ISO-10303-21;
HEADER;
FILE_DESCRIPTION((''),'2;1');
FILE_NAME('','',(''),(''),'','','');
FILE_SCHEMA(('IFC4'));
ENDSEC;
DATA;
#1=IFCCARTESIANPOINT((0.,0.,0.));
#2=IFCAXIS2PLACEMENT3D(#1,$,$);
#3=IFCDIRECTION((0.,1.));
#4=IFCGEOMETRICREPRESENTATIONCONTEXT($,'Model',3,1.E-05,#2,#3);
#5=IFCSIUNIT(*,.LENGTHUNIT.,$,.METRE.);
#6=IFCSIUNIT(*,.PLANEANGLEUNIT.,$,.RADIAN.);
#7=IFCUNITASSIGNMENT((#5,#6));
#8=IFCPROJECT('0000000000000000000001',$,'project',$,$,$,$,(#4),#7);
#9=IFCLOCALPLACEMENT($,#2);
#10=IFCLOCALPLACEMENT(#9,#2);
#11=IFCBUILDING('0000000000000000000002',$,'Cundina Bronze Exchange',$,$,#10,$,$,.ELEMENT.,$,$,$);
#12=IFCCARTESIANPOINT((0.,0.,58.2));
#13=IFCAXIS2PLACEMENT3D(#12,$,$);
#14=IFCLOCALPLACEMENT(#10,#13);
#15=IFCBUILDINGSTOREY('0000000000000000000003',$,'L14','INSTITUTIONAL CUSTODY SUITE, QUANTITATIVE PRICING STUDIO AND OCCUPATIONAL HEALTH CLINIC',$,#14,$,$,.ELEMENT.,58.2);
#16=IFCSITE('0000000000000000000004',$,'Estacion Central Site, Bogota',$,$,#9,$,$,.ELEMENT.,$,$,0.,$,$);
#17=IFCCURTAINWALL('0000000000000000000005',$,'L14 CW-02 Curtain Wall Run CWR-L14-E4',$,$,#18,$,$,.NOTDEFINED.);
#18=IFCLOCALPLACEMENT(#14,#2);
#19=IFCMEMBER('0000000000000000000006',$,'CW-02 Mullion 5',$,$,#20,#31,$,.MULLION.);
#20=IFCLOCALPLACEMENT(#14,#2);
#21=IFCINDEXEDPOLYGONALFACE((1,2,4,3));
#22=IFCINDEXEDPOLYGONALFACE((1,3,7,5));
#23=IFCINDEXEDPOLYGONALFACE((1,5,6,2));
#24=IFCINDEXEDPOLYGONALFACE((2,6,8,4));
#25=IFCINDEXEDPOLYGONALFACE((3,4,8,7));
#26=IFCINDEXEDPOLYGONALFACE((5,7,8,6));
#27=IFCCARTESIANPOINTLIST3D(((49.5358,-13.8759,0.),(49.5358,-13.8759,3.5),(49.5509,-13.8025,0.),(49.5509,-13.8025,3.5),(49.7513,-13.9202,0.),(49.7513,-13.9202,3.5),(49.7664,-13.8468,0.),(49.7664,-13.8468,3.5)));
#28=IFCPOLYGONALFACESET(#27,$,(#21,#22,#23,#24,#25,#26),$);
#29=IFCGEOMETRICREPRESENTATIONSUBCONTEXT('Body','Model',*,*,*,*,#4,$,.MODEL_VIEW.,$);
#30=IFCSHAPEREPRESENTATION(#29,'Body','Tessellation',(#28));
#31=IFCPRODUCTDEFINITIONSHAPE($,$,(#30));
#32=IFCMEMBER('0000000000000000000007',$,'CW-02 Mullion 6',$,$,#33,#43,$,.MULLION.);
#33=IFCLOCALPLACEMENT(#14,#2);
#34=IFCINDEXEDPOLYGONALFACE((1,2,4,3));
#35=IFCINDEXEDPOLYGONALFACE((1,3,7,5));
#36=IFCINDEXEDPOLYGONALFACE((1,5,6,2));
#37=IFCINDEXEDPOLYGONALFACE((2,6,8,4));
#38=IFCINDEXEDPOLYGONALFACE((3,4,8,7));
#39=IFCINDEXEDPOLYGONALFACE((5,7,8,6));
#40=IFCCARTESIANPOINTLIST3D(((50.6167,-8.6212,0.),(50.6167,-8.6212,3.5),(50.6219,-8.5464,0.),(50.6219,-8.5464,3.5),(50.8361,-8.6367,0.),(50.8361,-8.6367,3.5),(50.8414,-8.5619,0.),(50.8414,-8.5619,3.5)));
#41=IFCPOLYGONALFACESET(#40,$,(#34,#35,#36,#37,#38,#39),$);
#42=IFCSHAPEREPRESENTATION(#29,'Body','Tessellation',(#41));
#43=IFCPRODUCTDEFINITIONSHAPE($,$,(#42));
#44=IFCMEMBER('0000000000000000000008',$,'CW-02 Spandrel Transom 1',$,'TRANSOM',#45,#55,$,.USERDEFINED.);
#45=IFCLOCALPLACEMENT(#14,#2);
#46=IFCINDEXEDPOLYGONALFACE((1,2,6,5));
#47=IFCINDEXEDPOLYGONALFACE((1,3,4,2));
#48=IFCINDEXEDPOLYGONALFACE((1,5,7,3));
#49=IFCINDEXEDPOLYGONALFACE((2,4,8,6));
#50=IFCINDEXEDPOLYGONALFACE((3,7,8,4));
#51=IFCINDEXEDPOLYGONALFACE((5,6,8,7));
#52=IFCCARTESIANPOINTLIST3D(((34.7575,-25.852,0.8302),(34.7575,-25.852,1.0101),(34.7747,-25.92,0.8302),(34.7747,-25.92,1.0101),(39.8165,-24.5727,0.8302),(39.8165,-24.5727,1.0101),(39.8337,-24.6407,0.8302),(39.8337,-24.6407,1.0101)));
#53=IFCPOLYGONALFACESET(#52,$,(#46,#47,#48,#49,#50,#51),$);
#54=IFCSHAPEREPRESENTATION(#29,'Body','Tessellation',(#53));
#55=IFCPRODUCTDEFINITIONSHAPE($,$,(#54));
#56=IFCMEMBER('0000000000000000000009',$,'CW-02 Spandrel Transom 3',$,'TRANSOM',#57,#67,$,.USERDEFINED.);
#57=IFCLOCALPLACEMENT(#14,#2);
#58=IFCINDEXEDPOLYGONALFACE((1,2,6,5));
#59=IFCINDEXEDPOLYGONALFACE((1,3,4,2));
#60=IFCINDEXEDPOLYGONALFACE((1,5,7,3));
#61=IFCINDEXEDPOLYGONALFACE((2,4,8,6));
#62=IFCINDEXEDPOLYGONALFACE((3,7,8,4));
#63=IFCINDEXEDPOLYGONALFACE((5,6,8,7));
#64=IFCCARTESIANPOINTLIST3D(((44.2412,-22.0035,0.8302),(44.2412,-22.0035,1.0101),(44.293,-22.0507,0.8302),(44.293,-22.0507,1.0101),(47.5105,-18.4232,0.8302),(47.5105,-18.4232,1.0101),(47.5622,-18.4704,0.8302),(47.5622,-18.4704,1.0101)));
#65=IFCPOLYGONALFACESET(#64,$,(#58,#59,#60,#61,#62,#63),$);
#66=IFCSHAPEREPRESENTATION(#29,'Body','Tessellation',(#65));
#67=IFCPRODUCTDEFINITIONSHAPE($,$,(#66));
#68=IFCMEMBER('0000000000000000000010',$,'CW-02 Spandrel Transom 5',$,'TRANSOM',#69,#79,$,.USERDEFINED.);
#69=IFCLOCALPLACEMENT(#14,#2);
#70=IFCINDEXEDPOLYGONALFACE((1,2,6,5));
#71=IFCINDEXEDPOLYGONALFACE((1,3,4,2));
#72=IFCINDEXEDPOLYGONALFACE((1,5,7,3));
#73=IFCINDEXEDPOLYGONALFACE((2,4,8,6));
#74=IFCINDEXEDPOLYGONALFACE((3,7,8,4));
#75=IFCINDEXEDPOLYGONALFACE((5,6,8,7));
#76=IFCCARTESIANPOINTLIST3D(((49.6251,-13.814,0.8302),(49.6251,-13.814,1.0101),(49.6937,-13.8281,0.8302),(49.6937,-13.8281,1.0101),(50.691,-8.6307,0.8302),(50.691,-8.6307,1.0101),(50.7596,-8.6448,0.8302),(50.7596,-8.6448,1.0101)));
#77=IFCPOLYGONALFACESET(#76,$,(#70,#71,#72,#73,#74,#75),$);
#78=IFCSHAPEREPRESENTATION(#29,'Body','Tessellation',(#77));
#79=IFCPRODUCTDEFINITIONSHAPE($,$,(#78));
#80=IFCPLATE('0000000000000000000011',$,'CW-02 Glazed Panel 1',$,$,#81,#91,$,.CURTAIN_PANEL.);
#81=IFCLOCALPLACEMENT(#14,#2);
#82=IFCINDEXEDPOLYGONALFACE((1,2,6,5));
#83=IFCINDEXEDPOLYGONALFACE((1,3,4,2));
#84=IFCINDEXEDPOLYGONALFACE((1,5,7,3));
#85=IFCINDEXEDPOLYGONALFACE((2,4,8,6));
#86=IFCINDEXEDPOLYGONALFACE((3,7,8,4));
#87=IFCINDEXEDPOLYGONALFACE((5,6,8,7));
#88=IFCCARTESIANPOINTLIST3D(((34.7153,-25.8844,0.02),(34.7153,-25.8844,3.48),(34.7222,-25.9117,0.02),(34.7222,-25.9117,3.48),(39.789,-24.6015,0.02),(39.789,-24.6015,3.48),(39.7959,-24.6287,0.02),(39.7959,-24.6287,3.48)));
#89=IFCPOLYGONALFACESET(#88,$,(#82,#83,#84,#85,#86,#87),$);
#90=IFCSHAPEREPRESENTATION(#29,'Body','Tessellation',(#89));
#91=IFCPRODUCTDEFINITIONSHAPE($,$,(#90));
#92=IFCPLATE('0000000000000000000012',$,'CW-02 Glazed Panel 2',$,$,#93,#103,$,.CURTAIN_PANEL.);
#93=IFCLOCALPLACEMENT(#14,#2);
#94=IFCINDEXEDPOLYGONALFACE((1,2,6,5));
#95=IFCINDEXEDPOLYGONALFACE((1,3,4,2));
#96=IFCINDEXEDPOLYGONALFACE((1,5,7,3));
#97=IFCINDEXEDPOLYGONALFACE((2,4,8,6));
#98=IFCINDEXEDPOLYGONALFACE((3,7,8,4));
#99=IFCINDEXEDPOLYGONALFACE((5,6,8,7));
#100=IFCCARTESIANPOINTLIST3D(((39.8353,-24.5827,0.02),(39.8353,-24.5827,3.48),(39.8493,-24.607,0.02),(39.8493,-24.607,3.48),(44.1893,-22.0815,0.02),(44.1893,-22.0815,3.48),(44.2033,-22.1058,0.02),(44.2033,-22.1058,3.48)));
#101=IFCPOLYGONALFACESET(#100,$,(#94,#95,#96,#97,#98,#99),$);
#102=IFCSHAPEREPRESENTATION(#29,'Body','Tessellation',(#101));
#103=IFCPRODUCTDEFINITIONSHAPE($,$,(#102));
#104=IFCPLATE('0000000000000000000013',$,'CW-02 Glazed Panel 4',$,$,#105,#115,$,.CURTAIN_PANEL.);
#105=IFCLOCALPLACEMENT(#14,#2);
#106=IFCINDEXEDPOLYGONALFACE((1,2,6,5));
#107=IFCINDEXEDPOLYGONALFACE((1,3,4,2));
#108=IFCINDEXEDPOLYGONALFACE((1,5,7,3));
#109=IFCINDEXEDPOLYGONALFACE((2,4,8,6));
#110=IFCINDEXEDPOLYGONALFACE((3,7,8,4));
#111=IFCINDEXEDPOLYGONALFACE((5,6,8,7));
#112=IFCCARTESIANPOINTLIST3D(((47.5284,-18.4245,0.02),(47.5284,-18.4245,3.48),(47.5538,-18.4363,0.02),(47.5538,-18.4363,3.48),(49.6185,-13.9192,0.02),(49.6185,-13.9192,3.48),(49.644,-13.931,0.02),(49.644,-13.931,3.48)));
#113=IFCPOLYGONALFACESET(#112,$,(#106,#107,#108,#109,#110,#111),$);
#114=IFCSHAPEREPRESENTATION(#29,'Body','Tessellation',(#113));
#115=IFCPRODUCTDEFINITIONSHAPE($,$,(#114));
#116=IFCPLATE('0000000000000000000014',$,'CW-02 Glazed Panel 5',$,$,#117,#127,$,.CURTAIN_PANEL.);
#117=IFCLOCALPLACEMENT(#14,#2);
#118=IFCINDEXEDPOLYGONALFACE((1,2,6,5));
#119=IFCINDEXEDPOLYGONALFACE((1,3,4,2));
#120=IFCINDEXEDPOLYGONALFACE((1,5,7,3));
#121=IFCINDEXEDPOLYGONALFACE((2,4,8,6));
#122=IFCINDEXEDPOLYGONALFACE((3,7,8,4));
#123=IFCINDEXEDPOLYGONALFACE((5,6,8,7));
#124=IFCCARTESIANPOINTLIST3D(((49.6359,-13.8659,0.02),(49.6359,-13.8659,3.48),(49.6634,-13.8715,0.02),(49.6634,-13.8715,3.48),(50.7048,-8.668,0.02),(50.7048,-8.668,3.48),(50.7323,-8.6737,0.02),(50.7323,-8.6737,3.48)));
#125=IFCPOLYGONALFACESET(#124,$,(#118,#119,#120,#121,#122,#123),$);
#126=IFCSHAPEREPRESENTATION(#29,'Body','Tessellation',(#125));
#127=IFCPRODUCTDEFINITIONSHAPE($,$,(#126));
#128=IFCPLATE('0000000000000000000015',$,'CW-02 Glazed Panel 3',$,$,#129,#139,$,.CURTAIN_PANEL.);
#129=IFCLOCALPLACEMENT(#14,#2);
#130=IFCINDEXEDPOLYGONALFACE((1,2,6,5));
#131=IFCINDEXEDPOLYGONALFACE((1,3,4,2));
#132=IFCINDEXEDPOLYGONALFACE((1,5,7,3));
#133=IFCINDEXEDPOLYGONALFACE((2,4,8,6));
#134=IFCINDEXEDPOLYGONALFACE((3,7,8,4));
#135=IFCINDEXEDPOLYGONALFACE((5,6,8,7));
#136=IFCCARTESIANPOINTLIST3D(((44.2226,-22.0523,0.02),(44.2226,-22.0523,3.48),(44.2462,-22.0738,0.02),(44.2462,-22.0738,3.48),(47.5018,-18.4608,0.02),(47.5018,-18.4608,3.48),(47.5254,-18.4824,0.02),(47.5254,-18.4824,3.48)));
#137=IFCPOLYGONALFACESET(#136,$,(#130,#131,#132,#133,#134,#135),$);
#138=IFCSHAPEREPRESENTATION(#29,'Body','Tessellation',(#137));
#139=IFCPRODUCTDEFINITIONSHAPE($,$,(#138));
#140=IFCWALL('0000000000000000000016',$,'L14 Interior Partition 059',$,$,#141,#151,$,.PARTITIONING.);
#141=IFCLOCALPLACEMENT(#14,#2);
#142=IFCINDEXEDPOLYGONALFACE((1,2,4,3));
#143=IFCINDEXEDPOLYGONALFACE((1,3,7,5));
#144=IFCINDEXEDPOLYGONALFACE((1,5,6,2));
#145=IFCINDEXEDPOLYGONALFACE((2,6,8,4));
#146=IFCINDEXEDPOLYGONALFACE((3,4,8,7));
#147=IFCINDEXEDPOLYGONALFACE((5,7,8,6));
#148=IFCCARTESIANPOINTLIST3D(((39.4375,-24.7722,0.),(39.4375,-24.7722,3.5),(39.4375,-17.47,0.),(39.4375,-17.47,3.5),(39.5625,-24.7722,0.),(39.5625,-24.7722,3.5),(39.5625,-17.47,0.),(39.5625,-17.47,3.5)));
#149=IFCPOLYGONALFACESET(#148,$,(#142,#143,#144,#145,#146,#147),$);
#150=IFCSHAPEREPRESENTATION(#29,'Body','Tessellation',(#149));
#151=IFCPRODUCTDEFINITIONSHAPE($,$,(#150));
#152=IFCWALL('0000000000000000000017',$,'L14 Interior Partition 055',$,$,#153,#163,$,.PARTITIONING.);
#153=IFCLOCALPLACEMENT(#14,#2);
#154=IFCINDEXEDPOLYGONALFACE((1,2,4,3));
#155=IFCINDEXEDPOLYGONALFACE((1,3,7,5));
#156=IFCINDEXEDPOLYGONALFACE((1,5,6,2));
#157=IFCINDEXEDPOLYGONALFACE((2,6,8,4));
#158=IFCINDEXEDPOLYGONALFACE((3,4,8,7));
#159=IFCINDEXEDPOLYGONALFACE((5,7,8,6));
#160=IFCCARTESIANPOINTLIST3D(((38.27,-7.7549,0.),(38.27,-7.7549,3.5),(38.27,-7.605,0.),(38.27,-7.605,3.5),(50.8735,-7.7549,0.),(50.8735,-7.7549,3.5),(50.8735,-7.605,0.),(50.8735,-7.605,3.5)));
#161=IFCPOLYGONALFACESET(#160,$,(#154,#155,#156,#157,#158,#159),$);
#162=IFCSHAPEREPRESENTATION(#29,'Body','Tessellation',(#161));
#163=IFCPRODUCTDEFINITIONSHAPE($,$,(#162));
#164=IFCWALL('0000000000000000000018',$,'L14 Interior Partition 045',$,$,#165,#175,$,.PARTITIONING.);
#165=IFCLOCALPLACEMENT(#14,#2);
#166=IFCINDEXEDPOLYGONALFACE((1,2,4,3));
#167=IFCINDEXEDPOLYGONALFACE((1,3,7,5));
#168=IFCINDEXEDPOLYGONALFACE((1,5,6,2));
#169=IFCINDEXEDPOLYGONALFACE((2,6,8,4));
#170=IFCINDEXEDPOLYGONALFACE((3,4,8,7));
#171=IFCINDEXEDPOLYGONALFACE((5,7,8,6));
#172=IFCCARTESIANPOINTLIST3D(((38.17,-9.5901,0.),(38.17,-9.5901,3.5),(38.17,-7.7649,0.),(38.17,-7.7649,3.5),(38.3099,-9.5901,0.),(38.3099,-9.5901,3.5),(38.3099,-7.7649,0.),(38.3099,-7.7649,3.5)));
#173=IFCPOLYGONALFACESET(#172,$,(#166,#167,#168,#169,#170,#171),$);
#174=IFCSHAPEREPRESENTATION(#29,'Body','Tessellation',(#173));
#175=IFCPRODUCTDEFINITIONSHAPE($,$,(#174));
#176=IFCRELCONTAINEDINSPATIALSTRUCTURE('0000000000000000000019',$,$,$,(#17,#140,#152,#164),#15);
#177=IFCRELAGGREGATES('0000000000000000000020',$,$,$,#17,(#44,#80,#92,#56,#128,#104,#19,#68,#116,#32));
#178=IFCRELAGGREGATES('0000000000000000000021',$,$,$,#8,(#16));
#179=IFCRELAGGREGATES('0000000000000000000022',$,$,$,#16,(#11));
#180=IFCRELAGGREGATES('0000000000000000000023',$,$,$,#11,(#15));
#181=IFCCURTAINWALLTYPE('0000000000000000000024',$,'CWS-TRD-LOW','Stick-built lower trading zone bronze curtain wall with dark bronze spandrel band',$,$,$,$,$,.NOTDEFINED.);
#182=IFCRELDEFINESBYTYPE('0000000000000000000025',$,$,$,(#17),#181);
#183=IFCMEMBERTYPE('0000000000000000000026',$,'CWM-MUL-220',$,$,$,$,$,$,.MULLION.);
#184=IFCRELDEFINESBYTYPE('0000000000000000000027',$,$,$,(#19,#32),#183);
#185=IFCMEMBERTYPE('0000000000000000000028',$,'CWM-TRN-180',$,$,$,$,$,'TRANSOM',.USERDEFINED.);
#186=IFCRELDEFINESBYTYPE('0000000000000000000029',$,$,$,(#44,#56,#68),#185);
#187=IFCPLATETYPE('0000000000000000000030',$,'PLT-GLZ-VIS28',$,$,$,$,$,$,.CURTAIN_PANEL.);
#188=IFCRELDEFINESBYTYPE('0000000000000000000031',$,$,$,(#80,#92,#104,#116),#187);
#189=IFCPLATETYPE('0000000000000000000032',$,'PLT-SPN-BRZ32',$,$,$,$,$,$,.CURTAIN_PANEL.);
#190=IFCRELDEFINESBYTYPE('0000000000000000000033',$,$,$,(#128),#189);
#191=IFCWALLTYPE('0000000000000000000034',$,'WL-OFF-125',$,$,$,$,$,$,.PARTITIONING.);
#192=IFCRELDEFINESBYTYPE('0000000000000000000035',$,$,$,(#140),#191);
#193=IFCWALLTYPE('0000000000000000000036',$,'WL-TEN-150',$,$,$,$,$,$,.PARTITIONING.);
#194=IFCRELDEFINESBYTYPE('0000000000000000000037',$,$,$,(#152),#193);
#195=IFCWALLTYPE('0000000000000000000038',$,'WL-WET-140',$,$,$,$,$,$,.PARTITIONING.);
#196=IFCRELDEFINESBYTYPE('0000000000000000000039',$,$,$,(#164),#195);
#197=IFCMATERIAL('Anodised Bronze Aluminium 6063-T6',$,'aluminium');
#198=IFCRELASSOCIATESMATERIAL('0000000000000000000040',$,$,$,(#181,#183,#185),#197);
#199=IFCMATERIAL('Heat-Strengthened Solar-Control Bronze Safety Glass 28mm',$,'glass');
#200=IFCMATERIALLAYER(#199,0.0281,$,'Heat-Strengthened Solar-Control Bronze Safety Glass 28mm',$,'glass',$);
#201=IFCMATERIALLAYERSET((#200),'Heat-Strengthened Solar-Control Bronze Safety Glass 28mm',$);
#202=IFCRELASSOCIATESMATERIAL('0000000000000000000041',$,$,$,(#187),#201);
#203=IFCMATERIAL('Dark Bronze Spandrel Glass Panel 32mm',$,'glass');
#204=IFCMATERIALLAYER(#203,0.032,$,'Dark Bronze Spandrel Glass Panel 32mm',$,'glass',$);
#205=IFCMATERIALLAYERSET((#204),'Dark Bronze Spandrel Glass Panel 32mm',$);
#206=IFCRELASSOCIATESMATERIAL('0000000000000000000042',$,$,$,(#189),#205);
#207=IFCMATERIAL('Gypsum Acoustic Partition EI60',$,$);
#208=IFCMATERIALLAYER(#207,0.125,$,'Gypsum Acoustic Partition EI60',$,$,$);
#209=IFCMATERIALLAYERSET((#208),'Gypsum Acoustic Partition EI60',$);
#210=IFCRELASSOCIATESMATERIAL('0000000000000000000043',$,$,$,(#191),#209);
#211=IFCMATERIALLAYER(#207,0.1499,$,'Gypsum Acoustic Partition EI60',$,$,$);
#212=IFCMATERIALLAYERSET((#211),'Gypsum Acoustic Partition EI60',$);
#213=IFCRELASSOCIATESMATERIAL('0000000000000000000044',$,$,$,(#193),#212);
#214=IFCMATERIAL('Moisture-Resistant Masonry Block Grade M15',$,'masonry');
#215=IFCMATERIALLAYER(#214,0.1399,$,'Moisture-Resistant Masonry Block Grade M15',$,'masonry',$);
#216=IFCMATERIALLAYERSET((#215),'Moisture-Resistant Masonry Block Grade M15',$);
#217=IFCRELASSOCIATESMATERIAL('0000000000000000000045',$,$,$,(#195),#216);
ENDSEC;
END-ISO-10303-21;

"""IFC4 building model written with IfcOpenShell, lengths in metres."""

from ifc_helpers import new_model, si_unit, direction, frame, frame_2d, origin, origin_2d, place, context, subcontext, project, spatial, rectangle, extrude, material, layer, layer_set, material_profile, profile_set, type_object, element, aggregate, save


model = new_model("IFC4")

# Units and contexts
model_context = context("Model", 3, precision=1e-05, world=origin(), true_north=direction((0.0, 1.0)))
body_context = subcontext(model_context, "Body", "Model", "MODEL_VIEW")
ifc_project = project(units=[si_unit("LENGTHUNIT", "METRE"), si_unit("PLANEANGLEUNIT", "RADIAN")], contexts=[model_context])

# Site, building, storey
site_placement = place(None, origin())
site = spatial("IfcSite", under=ifc_project, at=site_placement, Name="Estacion Central Site, Bogota", CompositionType="ELEMENT", RefElevation=0.0)
building_placement = place(site_placement, origin())
building = spatial("IfcBuilding", under=site, at=building_placement, Name="Cundina Bronze Exchange", CompositionType="ELEMENT")
storey_placement = place(building_placement, frame((0.0, 0.0, 58.2)))
storey = spatial("IfcBuildingStorey", under=building, at=storey_placement, Name="L14", Description="INSTITUTIONAL CUSTODY SUITE, QUANTITATIVE PRICING STUDIO AND OCCUPATIONAL HEALTH CLINIC", CompositionType="ELEMENT", Elevation=58.2)

# Curtain wall, members, plates
ifc_material_1 = material(Name="Anodised Bronze Aluminium 6063-T6", Category="aluminium")
curtain_wall_type = type_object("IfcCurtainWallType", Name="CWS-TRD-LOW", Description="Stick-built lower trading zone bronze curtain wall with dark bronze spandrel band", PredefinedType="NOTDEFINED", material=ifc_material_1)
curtain_wall_placement = place(storey_placement, origin())
curtain_wall = element("IfcCurtainWall", 1, at=curtain_wall_placement, inside=storey, type_object=curtain_wall_type, Name="L14 CW-02 Curtain Wall Run CWR-L14-E4", PredefinedType="NOTDEFINED")
ifc_material_profile_1 = material_profile(ifc_material_1, rectangle(XDim=0.075, YDim=0.22, at=origin_2d()), Name="AL75X220", Category="aluminium")
ifc_profile_set_1 = profile_set([ifc_material_profile_1], Name="Anodised Bronze Aluminium 6063-T6")
member_type_1 = type_object("IfcMemberType", Name="CWM-MUL-220", PredefinedType="MULLION", material=ifc_profile_set_1)
member_1_placement = place(storey_placement, frame((49.6511, -13.8613, 0.0), z_axis=(0.0, 0.0, 1.0), x_axis=(0.20142, 0.979505, 0.0)))
member_1 = element("IfcMember", 2, at=member_1_placement, type_object=member_type_1, Name="CW-02 Mullion 5", PredefinedType="MULLION", context=body_context, shape_type="SweptSolid", body=[
    extrude(rectangle(XDim=0.075, YDim=0.22, at=origin_2d()), origin(), (0.0, 0.0, 1.0), 3.5),
])
member_2_placement = place(storey_placement, frame((50.729, -8.5916, 0.0), z_axis=(0.0, 0.0, 1.0), x_axis=(0.070279, 0.997527, 0.0)))
member_2 = element("IfcMember", 3, at=member_2_placement, type_object=member_type_1, Name="CW-02 Mullion 6", PredefinedType="MULLION", context=body_context, shape_type="SweptSolid", body=[
    extrude(rectangle(XDim=0.075, YDim=0.22, at=origin_2d()), origin(), (0.0, 0.0, 1.0), 3.5),
])
ifc_material_profile_2 = material_profile(ifc_material_1, rectangle(XDim=0.0701, YDim=0.1799, at=origin_2d()), Name="AL70X180", Category="aluminium")
ifc_profile_set_2 = profile_set([ifc_material_profile_2], Name="Anodised Bronze Aluminium 6063-T6")
member_type_2 = type_object("IfcMemberType", Name="CWM-TRN-180", ElementType="TRANSOM", PredefinedType="USERDEFINED", material=ifc_profile_set_2)
member_3_placement = place(storey_placement, frame((34.7661, -25.886, 0.9202), z_axis=(0.969484, 0.245155, 0.0), x_axis=(-0.245155, 0.969484, 0.0)))
member_3 = element("IfcMember", 4, at=member_3_placement, type_object=member_type_2, Name="CW-02 Spandrel Transom 1", ObjectType="TRANSOM", PredefinedType="USERDEFINED", context=body_context, shape_type="SweptSolid", body=[
    extrude(rectangle(XDim=0.0701, YDim=0.1799, at=origin_2d()), origin(), (0.0, 0.0, 1.0), 5.2183),
])
member_4_placement = place(storey_placement, frame((44.2671, -22.0271, 0.9202), z_axis=(0.674303, 0.738455, 0.0), x_axis=(-0.738455, 0.674303, 0.0)))
member_4 = element("IfcMember", 5, at=member_4_placement, type_object=member_type_2, Name="CW-02 Spandrel Transom 3", ObjectType="TRANSOM", PredefinedType="USERDEFINED", context=body_context, shape_type="SweptSolid", body=[
    extrude(rectangle(XDim=0.0701, YDim=0.1799, at=origin_2d()), origin(), (0.0, 0.0, 1.0), 4.8484),
])
member_5_placement = place(storey_placement, frame((49.6594, -13.821, 0.9202), z_axis=(0.201428, 0.979503, 0.0), x_axis=(-0.979503, 0.201428, 0.0)))
member_5 = element("IfcMember", 6, at=member_5_placement, type_object=member_type_2, Name="CW-02 Spandrel Transom 5", ObjectType="TRANSOM", PredefinedType="USERDEFINED", context=body_context, shape_type="SweptSolid", body=[
    extrude(rectangle(XDim=0.0701, YDim=0.1799, at=origin_2d()), origin(), (0.0, 0.0, 1.0), 5.2917),
])
ifc_material_2 = material(Name="Heat-Strengthened Solar-Control Bronze Safety Glass 28mm", Category="glass")
ifc_layer_1 = layer(ifc_material_2, 0.0281, Name="Heat-Strengthened Solar-Control Bronze Safety Glass 28mm", Category="glass")
ifc_layer_set_1 = layer_set([ifc_layer_1], Name="Heat-Strengthened Solar-Control Bronze Safety Glass 28mm")
plate_type_1 = type_object("IfcPlateType", Name="PLT-GLZ-VIS28", PredefinedType="CURTAIN_PANEL", material=ifc_layer_set_1)
plate_1_placement = place(storey_placement, frame((37.2556, -25.2566, 0.02), z_axis=(0.0, 0.0, 1.0), x_axis=(0.969488, 0.245138, 0.0)))
plate_1 = element("IfcPlate", 7, at=plate_1_placement, type_object=plate_type_1, Name="CW-02 Glazed Panel 1", PredefinedType="CURTAIN_PANEL", context=body_context, shape_type="SweptSolid", body=[
    extrude(rectangle(XDim=5.2334, YDim=0.0281, at=origin_2d()), origin(), (0.0, 0.0, 1.0), 3.46),
])
plate_2_placement = place(storey_placement, frame((42.0193, -23.3442, 0.02), z_axis=(0.0, 0.0, 1.0), x_axis=(0.867105, 0.498125, 0.0)))
plate_2 = element("IfcPlate", 8, at=plate_2_placement, type_object=plate_type_1, Name="CW-02 Glazed Panel 2", PredefinedType="CURTAIN_PANEL", context=body_context, shape_type="SweptSolid", body=[
    extrude(rectangle(XDim=5.0212, YDim=0.0281, at=origin_2d()), origin(), (0.0, 0.0, 1.0), 3.46),
])
plate_3_placement = place(storey_placement, frame((48.5862, -16.1777, 0.02), z_axis=(0.0, 0.0, 1.0), x_axis=(0.420846, 0.907132, 0.0)))
plate_3 = element("IfcPlate", 9, at=plate_3_placement, type_object=plate_type_1, Name="CW-02 Glazed Panel 4", PredefinedType="CURTAIN_PANEL", context=body_context, shape_type="SweptSolid", body=[
    extrude(rectangle(XDim=4.9666, YDim=0.0281, at=origin_2d()), origin(), (0.0, 0.0, 1.0), 3.46),
])
plate_4_placement = place(storey_placement, frame((50.1841, -11.2698, 0.02), z_axis=(0.0, 0.0, 1.0), x_axis=(0.20142, 0.979505, 0.0)))
plate_4 = element("IfcPlate", 10, at=plate_4_placement, type_object=plate_type_1, Name="CW-02 Glazed Panel 5", PredefinedType="CURTAIN_PANEL", context=body_context, shape_type="SweptSolid", body=[
    extrude(rectangle(XDim=5.3066, YDim=0.0281, at=origin_2d()), origin(), (0.0, 0.0, 1.0), 3.46),
])
ifc_material_3 = material(Name="Dark Bronze Spandrel Glass Panel 32mm", Category="glass")
ifc_layer_2 = layer(ifc_material_3, 0.032, Name="Dark Bronze Spandrel Glass Panel 32mm", Category="glass")
ifc_layer_set_2 = layer_set([ifc_layer_2], Name="Dark Bronze Spandrel Glass Panel 32mm")
plate_type_2 = type_object("IfcPlateType", Name="PLT-SPN-BRZ32", PredefinedType="CURTAIN_PANEL", material=ifc_layer_set_2)
plate_5_placement = place(storey_placement, frame((45.874, -20.2673, 0.02), z_axis=(0.0, 0.0, 1.0), x_axis=(0.674277, 0.738479, 0.0)))
plate_5 = element("IfcPlate", 11, at=plate_5_placement, type_object=plate_type_2, Name="CW-02 Glazed Panel 3", PredefinedType="CURTAIN_PANEL", context=body_context, shape_type="SweptSolid", body=[
    extrude(rectangle(XDim=4.8633, YDim=0.032, at=origin_2d()), origin(), (0.0, 0.0, 1.0), 3.46),
])
aggregate(curtain_wall, [member_3, plate_1, plate_2, member_4, plate_5, plate_3, member_1, member_5, plate_4, member_2])

# Walls
ifc_material_4 = material(Name="Gypsum Acoustic Partition EI60")
ifc_layer_3 = layer(ifc_material_4, 0.125, Name="Gypsum Acoustic Partition EI60")
ifc_layer_set_3 = layer_set([ifc_layer_3], Name="Gypsum Acoustic Partition EI60")
wall_type_1 = type_object("IfcWallType", Name="WL-OFF-125", PredefinedType="PARTITIONING", material=ifc_layer_set_3)
wall_1_placement = place(storey_placement, frame((39.5, -24.7722, 0.0), z_axis=(0.0, 0.0, 1.0), x_axis=(0.0, 1.0, 0.0)))
element("IfcWall", 12, at=wall_1_placement, inside=storey, type_object=wall_type_1, Name="L14 Interior Partition 059", PredefinedType="PARTITIONING", context=body_context, shape_type="SweptSolid", body=[
    extrude(rectangle(XDim=7.3022, YDim=0.125, at=frame_2d((3.6511, 0.0))), origin(), (0.0, 0.0, 1.0), 3.5),
])
ifc_layer_4 = layer(ifc_material_4, 0.1499, Name="Gypsum Acoustic Partition EI60")
ifc_layer_set_4 = layer_set([ifc_layer_4], Name="Gypsum Acoustic Partition EI60")
wall_type_2 = type_object("IfcWallType", Name="WL-TEN-150", PredefinedType="PARTITIONING", material=ifc_layer_set_4)
wall_2_placement = place(storey_placement, frame((38.27, -7.6799, 0.0), z_axis=(0.0, 0.0, 1.0), x_axis=(1.0, 0.0, 0.0)))
element("IfcWall", 13, at=wall_2_placement, inside=storey, type_object=wall_type_2, Name="L14 Interior Partition 055", PredefinedType="PARTITIONING", context=body_context, shape_type="SweptSolid", body=[
    extrude(rectangle(XDim=12.6035, YDim=0.1499, at=frame_2d((6.3018, 0.0))), origin(), (0.0, 0.0, 1.0), 3.5),
])
ifc_material_5 = material(Name="Moisture-Resistant Masonry Block Grade M15", Category="masonry")
ifc_layer_5 = layer(ifc_material_5, 0.1399, Name="Moisture-Resistant Masonry Block Grade M15", Category="masonry")
ifc_layer_set_5 = layer_set([ifc_layer_5], Name="Moisture-Resistant Masonry Block Grade M15")
wall_type_3 = type_object("IfcWallType", Name="WL-WET-140", PredefinedType="PARTITIONING", material=ifc_layer_set_5)
wall_3_placement = place(storey_placement, frame((38.24, -9.5901, 0.0), z_axis=(0.0, 0.0, 1.0), x_axis=(0.0, 1.0, 0.0)))
element("IfcWall", 14, at=wall_3_placement, inside=storey, type_object=wall_type_3, Name="L14 Interior Partition 045", PredefinedType="PARTITIONING", context=body_context, shape_type="SweptSolid", body=[
    extrude(rectangle(XDim=1.8252, YDim=0.1399, at=frame_2d((0.9126, 0.0))), origin(), (0.0, 0.0, 1.0), 3.5),
])

save(model, "model.ifc")
